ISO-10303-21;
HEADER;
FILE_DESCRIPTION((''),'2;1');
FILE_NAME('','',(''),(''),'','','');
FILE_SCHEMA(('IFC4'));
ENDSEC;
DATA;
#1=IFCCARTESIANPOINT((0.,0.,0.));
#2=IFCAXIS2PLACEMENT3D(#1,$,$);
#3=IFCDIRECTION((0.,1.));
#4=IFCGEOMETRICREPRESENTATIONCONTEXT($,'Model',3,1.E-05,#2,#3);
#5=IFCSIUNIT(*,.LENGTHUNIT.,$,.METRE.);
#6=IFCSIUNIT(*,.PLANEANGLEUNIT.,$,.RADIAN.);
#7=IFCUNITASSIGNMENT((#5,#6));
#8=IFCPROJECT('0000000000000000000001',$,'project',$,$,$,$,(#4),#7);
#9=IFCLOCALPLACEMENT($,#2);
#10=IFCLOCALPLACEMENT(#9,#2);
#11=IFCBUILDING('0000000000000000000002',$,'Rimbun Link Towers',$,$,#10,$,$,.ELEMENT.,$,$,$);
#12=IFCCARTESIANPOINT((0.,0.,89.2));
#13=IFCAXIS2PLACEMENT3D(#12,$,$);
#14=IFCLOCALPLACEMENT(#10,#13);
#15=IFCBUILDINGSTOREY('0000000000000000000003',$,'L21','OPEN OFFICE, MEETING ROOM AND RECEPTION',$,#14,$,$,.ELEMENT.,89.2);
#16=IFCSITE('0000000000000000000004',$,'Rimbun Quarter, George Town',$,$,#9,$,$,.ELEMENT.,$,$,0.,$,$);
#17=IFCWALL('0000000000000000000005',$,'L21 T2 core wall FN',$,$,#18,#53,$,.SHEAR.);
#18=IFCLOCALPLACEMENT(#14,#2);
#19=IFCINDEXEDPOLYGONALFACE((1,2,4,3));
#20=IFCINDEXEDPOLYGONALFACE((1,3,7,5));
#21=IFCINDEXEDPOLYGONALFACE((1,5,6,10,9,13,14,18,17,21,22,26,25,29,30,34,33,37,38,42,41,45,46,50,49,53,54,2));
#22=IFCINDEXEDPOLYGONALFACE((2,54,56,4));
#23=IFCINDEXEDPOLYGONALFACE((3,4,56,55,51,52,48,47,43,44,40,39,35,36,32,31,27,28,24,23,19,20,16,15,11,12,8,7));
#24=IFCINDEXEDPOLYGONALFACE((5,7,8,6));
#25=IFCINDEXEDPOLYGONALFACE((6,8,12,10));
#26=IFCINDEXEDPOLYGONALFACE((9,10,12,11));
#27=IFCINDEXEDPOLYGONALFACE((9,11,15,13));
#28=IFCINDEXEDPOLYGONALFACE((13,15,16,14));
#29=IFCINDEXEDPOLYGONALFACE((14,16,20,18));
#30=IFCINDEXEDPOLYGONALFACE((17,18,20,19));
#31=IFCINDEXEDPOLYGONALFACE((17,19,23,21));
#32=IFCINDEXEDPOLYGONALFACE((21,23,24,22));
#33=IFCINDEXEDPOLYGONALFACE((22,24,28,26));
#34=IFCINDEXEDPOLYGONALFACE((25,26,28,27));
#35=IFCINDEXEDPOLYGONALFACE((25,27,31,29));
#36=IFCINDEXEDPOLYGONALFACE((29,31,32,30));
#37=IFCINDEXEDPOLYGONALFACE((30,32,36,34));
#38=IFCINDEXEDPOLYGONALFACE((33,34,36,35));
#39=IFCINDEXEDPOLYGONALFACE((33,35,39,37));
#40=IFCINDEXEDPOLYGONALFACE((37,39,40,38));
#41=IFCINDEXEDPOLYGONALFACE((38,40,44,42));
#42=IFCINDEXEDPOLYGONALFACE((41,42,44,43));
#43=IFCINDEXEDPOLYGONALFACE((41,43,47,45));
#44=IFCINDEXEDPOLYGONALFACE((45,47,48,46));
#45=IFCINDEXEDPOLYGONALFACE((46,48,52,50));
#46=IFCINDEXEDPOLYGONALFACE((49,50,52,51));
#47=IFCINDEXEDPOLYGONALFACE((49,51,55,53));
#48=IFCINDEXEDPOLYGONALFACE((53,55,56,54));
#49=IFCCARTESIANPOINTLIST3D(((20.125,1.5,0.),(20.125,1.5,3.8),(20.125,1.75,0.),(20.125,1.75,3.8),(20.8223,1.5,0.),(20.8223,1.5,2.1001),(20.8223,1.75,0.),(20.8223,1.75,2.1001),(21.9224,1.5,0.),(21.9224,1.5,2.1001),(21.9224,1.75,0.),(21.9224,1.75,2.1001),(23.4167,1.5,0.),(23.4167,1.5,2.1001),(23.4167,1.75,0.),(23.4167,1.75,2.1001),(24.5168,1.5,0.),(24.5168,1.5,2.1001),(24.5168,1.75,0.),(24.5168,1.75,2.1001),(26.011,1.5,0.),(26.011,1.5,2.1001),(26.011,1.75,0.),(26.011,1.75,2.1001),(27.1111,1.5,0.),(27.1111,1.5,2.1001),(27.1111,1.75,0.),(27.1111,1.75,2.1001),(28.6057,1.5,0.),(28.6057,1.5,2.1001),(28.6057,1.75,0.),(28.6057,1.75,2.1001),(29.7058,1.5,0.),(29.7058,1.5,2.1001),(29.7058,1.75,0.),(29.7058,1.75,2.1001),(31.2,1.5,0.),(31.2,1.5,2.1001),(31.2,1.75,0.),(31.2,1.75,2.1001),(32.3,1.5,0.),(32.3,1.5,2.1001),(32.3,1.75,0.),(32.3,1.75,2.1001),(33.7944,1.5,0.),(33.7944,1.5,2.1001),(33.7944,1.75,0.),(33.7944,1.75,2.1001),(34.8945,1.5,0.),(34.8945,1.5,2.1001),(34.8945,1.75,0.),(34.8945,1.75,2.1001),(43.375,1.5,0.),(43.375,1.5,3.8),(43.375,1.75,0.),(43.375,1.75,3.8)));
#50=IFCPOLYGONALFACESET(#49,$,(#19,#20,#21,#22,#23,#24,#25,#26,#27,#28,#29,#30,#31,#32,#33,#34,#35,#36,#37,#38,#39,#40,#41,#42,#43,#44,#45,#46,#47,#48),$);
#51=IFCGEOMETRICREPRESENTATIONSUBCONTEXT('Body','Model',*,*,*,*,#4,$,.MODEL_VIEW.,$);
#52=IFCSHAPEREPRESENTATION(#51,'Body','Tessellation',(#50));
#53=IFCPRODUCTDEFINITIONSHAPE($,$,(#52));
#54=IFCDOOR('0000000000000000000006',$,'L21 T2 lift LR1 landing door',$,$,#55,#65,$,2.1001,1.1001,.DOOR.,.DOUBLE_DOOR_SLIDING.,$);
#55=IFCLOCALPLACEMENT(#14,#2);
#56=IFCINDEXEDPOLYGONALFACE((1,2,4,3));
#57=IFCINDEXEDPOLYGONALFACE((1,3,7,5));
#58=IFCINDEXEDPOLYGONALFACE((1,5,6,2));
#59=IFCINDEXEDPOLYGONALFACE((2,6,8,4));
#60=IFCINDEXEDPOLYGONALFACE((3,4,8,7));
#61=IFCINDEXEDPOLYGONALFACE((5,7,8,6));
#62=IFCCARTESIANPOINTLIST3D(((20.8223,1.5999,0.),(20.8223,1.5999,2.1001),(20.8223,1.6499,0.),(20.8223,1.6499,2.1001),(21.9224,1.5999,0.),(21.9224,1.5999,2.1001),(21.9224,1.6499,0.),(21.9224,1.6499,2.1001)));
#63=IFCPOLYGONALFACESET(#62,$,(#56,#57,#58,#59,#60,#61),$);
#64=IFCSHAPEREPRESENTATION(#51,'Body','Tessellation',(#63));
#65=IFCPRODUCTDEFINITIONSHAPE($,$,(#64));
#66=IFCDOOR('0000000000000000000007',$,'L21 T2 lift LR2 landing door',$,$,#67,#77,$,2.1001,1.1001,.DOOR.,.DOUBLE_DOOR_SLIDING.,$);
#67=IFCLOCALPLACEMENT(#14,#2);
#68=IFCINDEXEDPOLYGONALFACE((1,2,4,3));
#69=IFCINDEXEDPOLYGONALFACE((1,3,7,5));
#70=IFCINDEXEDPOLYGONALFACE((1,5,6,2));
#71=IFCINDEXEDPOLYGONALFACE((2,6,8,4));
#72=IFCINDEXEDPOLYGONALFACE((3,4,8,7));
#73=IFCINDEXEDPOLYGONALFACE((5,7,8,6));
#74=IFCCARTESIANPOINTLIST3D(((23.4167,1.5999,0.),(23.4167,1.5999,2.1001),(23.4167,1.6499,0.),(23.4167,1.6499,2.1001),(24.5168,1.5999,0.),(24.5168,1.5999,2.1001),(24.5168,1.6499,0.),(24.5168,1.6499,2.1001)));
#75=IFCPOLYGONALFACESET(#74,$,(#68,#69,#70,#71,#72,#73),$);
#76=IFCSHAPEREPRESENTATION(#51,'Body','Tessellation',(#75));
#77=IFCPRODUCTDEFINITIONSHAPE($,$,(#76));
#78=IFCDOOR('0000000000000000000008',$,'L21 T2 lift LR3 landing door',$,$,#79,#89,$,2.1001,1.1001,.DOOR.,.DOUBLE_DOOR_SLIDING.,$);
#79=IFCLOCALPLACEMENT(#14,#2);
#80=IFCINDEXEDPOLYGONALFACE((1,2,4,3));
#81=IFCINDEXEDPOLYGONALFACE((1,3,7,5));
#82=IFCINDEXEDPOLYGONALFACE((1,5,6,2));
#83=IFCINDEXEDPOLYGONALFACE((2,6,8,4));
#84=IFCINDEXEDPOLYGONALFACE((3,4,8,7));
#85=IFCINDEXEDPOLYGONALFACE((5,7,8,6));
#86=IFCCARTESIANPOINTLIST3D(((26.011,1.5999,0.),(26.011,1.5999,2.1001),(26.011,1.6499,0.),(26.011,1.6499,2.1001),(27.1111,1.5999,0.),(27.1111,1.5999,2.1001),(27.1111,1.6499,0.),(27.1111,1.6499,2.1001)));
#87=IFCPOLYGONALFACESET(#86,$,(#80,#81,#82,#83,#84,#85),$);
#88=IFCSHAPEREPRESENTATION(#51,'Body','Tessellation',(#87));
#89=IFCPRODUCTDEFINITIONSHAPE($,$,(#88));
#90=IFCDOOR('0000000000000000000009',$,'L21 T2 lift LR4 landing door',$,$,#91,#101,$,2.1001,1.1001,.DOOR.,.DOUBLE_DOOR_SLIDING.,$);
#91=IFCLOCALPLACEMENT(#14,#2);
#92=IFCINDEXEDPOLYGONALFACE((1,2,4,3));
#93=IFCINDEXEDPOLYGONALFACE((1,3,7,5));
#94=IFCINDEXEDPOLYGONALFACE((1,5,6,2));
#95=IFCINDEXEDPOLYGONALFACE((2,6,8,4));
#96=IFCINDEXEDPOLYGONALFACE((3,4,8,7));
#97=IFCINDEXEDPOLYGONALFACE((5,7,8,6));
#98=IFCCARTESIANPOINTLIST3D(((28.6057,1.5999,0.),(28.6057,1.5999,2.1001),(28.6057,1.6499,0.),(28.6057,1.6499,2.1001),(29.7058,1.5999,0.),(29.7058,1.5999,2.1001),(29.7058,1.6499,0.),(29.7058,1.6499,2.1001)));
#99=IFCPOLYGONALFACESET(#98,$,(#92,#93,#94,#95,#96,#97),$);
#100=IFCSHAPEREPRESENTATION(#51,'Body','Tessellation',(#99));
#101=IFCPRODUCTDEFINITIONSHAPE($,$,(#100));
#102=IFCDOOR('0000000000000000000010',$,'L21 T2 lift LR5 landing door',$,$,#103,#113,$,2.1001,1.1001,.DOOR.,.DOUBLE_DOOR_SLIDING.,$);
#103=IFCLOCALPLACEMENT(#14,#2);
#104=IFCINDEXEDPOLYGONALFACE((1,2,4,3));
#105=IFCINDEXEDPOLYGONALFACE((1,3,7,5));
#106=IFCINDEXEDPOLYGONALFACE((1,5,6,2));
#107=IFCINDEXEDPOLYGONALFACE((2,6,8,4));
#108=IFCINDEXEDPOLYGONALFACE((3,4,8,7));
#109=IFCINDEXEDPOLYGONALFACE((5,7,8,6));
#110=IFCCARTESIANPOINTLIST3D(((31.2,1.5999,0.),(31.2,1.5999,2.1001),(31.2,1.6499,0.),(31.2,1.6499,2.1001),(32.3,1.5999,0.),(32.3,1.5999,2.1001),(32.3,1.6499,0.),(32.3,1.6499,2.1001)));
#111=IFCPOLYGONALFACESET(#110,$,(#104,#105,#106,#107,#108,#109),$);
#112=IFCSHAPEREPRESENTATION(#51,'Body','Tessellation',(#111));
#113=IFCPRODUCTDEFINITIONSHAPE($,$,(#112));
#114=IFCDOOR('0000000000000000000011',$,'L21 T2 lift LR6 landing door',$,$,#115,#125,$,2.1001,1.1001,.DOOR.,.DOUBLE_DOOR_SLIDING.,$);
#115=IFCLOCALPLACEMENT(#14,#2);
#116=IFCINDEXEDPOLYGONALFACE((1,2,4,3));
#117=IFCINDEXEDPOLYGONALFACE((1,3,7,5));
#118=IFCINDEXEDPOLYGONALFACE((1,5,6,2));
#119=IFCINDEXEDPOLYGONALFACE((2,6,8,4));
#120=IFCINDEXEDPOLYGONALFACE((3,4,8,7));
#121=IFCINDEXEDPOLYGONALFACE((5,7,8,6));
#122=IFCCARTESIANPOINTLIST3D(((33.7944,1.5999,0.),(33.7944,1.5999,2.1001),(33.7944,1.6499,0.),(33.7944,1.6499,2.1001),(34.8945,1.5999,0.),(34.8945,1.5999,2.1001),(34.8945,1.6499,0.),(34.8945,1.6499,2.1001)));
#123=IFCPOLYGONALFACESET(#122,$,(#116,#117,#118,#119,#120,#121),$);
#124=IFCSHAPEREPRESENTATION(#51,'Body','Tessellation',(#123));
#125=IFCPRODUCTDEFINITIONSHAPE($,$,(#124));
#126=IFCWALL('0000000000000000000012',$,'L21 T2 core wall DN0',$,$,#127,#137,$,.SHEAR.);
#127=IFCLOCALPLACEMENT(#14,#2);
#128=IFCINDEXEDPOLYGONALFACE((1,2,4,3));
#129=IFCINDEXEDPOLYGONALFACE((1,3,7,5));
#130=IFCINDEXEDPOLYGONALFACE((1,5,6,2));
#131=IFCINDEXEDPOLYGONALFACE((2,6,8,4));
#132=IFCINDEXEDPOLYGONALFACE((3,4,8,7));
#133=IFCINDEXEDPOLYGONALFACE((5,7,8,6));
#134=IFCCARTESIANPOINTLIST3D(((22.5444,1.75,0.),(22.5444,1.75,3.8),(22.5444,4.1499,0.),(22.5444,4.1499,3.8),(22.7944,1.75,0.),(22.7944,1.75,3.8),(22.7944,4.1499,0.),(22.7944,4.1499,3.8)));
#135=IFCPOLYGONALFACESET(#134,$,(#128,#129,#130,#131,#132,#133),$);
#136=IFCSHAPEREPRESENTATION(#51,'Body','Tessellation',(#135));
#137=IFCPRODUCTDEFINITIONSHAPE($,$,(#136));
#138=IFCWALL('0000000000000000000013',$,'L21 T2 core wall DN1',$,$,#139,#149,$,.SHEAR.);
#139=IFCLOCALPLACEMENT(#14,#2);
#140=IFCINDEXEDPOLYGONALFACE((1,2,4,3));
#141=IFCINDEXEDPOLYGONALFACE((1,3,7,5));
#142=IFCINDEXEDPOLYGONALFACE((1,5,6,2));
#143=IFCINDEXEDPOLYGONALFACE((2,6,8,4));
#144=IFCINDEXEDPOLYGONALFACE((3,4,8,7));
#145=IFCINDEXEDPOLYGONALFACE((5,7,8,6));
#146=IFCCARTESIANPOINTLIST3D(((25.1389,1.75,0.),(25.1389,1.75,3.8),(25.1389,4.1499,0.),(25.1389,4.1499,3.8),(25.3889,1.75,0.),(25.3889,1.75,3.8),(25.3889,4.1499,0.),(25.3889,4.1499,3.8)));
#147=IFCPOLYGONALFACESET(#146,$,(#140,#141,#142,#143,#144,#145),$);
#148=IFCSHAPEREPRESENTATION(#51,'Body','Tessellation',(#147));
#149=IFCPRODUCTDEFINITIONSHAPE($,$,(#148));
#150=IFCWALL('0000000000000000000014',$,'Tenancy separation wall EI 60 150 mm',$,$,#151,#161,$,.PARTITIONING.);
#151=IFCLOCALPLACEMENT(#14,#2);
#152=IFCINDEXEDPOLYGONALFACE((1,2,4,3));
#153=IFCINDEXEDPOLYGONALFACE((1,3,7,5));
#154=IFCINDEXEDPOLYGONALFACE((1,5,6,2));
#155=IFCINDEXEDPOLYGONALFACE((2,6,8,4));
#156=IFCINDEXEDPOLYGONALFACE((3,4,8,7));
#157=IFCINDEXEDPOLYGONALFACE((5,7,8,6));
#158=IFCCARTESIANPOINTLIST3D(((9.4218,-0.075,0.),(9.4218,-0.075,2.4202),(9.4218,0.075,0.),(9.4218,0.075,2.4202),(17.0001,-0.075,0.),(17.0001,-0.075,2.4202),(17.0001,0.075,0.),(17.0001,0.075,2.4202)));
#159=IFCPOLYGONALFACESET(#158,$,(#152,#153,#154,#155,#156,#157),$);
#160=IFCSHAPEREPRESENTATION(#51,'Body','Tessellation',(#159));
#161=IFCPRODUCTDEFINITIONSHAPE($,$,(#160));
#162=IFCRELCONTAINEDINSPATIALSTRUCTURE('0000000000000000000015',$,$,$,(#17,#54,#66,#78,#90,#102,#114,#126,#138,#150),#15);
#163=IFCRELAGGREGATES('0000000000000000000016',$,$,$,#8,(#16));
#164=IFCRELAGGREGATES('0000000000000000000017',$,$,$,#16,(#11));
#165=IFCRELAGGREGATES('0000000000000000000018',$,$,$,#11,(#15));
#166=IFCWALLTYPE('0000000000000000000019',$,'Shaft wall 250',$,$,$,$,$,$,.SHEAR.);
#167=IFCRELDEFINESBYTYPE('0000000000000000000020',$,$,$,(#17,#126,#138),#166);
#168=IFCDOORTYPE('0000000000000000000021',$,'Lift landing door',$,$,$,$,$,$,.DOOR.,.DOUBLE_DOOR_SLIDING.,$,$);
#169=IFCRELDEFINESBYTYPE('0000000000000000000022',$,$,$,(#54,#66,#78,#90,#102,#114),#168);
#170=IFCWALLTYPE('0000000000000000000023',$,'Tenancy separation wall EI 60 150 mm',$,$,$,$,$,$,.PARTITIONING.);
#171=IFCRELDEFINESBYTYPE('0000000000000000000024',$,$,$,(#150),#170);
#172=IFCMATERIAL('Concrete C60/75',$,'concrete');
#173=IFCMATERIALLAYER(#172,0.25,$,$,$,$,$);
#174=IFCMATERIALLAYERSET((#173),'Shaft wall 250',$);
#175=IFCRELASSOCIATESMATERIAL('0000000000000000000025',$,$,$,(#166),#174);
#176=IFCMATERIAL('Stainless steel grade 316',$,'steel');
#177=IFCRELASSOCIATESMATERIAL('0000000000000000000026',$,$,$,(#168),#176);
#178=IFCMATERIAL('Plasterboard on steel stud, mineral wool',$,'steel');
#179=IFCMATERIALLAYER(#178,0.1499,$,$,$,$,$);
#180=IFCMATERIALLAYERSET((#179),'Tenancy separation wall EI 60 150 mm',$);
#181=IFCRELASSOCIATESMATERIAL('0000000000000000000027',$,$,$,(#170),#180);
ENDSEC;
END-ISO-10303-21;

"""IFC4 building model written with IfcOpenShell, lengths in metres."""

from ifc_helpers import new_model, si_unit, direction, frame, frame_2d, origin, place, context, subcontext, project, spatial, rectangle, extrude, material, layer, layer_set, type_object, element, fill, save


model = new_model("IFC4")

# Units and contexts
model_context = context("Model", 3, precision=1e-05, world=origin(), true_north=direction((0.0, 1.0)))
body_context = subcontext(model_context, "Body", "Model", "MODEL_VIEW")
ifc_project = project(units=[si_unit("LENGTHUNIT", "METRE"), si_unit("PLANEANGLEUNIT", "RADIAN")], contexts=[model_context])

# Site, building, storey
site_placement = place(None, origin())
site = spatial("IfcSite", under=ifc_project, at=site_placement, Name="Rimbun Quarter, George Town", CompositionType="ELEMENT", RefElevation=0.0)
building_placement = place(site_placement, origin())
building = spatial("IfcBuilding", under=site, at=building_placement, Name="Rimbun Link Towers", CompositionType="ELEMENT")
storey_placement = place(building_placement, frame((0.0, 0.0, 89.2)))
storey = spatial("IfcBuildingStorey", under=building, at=storey_placement, Name="L21", Description="OPEN OFFICE, MEETING ROOM AND RECEPTION", CompositionType="ELEMENT", Elevation=89.2)

# Shared definitions
ifc_material_1 = material(Name="Concrete C60/75", Category="concrete")
ifc_layer_1 = layer(ifc_material_1, 0.25)
ifc_layer_set_1 = layer_set([ifc_layer_1], Name="Shaft wall 250")
wall_type_1 = type_object("IfcWallType", Name="Shaft wall 250", PredefinedType="SHEAR", material=ifc_layer_set_1)

# Wall, openings, doors
wall_1_placement = place(storey_placement, frame((20.125, 1.625, 0.0), z_axis=(0.0, 0.0, 1.0), x_axis=(1.0, 0.0, 0.0)))
wall_1 = element("IfcWall", 1, at=wall_1_placement, inside=storey, type_object=wall_type_1, Name="L21 T2 core wall FN", PredefinedType="SHEAR", context=body_context, shape_type="SweptSolid", body=[
    extrude(rectangle(XDim=23.25, YDim=0.25, at=frame_2d((11.625, 0.0))), origin(), (0.0, 0.0, 1.0), 3.8),
])
opening_1_placement = place(wall_1_placement, frame((0.6973, 0.0, 0.0)))
opening_1 = element("IfcOpeningElement", 2, at=opening_1_placement, cuts=wall_1, PredefinedType="OPENING", context=body_context, shape_type="SweptSolid", body=[
    extrude(rectangle(XDim=1.1001, YDim=2.1001, at=frame_2d((0.55, 1.05))), frame((0.0, 0.135, 0.0), z_axis=(0.0, -1.0, 0.0), x_axis=(1.0, 0.0, 0.0)), (0.0, 0.0, 1.0), 0.27),
])
opening_2_placement = place(wall_1_placement, frame((3.2917, 0.0, 0.0)))
opening_2 = element("IfcOpeningElement", 3, at=opening_2_placement, cuts=wall_1, PredefinedType="OPENING", context=body_context, shape_type="SweptSolid", body=[
    extrude(rectangle(XDim=1.1001, YDim=2.1001, at=frame_2d((0.55, 1.05))), frame((0.0, 0.135, 0.0), z_axis=(0.0, -1.0, 0.0), x_axis=(1.0, 0.0, 0.0)), (0.0, 0.0, 1.0), 0.27),
])
opening_3_placement = place(wall_1_placement, frame((5.886, 0.0, 0.0)))
opening_3 = element("IfcOpeningElement", 4, at=opening_3_placement, cuts=wall_1, PredefinedType="OPENING", context=body_context, shape_type="SweptSolid", body=[
    extrude(rectangle(XDim=1.1001, YDim=2.1001, at=frame_2d((0.55, 1.05))), frame((0.0, 0.135, 0.0), z_axis=(0.0, -1.0, 0.0), x_axis=(1.0, 0.0, 0.0)), (0.0, 0.0, 1.0), 0.27),
])
opening_4_placement = place(wall_1_placement, frame((8.4807, 0.0, 0.0)))
opening_4 = element("IfcOpeningElement", 5, at=opening_4_placement, cuts=wall_1, PredefinedType="OPENING", context=body_context, shape_type="SweptSolid", body=[
    extrude(rectangle(XDim=1.1001, YDim=2.1001, at=frame_2d((0.55, 1.05))), frame((0.0, 0.135, 0.0), z_axis=(0.0, -1.0, 0.0), x_axis=(1.0, 0.0, 0.0)), (0.0, 0.0, 1.0), 0.27),
])
opening_5_placement = place(wall_1_placement, frame((11.075, 0.0, 0.0)))
opening_5 = element("IfcOpeningElement", 6, at=opening_5_placement, cuts=wall_1, PredefinedType="OPENING", context=body_context, shape_type="SweptSolid", body=[
    extrude(rectangle(XDim=1.1001, YDim=2.1001, at=frame_2d((0.55, 1.05))), frame((0.0, 0.135, 0.0), z_axis=(0.0, -1.0, 0.0), x_axis=(1.0, 0.0, 0.0)), (0.0, 0.0, 1.0), 0.27),
])
opening_6_placement = place(wall_1_placement, frame((13.6694, 0.0, 0.0)))
opening_6 = element("IfcOpeningElement", 7, at=opening_6_placement, cuts=wall_1, PredefinedType="OPENING", context=body_context, shape_type="SweptSolid", body=[
    extrude(rectangle(XDim=1.1001, YDim=2.1001, at=frame_2d((0.55, 1.05))), frame((0.0, 0.135, 0.0), z_axis=(0.0, -1.0, 0.0), x_axis=(1.0, 0.0, 0.0)), (0.0, 0.0, 1.0), 0.27),
])
ifc_material_2 = material(Name="Stainless steel grade 316", Category="steel")
door_type = type_object("IfcDoorType", Name="Lift landing door", OperationType="DOUBLE_DOOR_SLIDING", PredefinedType="DOOR", material=ifc_material_2)
door_1_placement = place(opening_1_placement, origin())
door_1 = element("IfcDoor", 8, at=door_1_placement, inside=storey, type_object=door_type, Name="L21 T2 lift LR1 landing door", OperationType="DOUBLE_DOOR_SLIDING", OverallHeight=2.1001, OverallWidth=1.1001, PredefinedType="DOOR", context=body_context, shape_type="SweptSolid", body=[
    extrude(rectangle(XDim=1.1001, YDim=2.1001, at=frame_2d((0.55, 1.05))), frame((0.0, 0.0249, 0.0), z_axis=(0.0, -1.0, 0.0), x_axis=(1.0, 0.0, 0.0)), (0.0, 0.0, 1.0), 0.05),
])
fill(opening_1, door_1)
door_2_placement = place(opening_2_placement, origin())
door_2 = element("IfcDoor", 9, at=door_2_placement, inside=storey, type_object=door_type, Name="L21 T2 lift LR2 landing door", OperationType="DOUBLE_DOOR_SLIDING", OverallHeight=2.1001, OverallWidth=1.1001, PredefinedType="DOOR", context=body_context, shape_type="SweptSolid", body=[
    extrude(rectangle(XDim=1.1001, YDim=2.1001, at=frame_2d((0.55, 1.05))), frame((0.0, 0.0249, 0.0), z_axis=(0.0, -1.0, 0.0), x_axis=(1.0, 0.0, 0.0)), (0.0, 0.0, 1.0), 0.05),
])
fill(opening_2, door_2)
door_3_placement = place(opening_3_placement, origin())
door_3 = element("IfcDoor", 10, at=door_3_placement, inside=storey, type_object=door_type, Name="L21 T2 lift LR3 landing door", OperationType="DOUBLE_DOOR_SLIDING", OverallHeight=2.1001, OverallWidth=1.1001, PredefinedType="DOOR", context=body_context, shape_type="SweptSolid", body=[
    extrude(rectangle(XDim=1.1001, YDim=2.1001, at=frame_2d((0.55, 1.05))), frame((0.0, 0.0249, 0.0), z_axis=(0.0, -1.0, 0.0), x_axis=(1.0, 0.0, 0.0)), (0.0, 0.0, 1.0), 0.05),
])
fill(opening_3, door_3)
door_4_placement = place(opening_4_placement, origin())
door_4 = element("IfcDoor", 11, at=door_4_placement, inside=storey, type_object=door_type, Name="L21 T2 lift LR4 landing door", OperationType="DOUBLE_DOOR_SLIDING", OverallHeight=2.1001, OverallWidth=1.1001, PredefinedType="DOOR", context=body_context, shape_type="SweptSolid", body=[
    extrude(rectangle(XDim=1.1001, YDim=2.1001, at=frame_2d((0.55, 1.05))), frame((0.0, 0.0249, 0.0), z_axis=(0.0, -1.0, 0.0), x_axis=(1.0, 0.0, 0.0)), (0.0, 0.0, 1.0), 0.05),
])
fill(opening_4, door_4)
door_5_placement = place(opening_5_placement, origin())
door_5 = element("IfcDoor", 12, at=door_5_placement, inside=storey, type_object=door_type, Name="L21 T2 lift LR5 landing door", OperationType="DOUBLE_DOOR_SLIDING", OverallHeight=2.1001, OverallWidth=1.1001, PredefinedType="DOOR", context=body_context, shape_type="SweptSolid", body=[
    extrude(rectangle(XDim=1.1001, YDim=2.1001, at=frame_2d((0.55, 1.05))), frame((0.0, 0.0249, 0.0), z_axis=(0.0, -1.0, 0.0), x_axis=(1.0, 0.0, 0.0)), (0.0, 0.0, 1.0), 0.05),
])
fill(opening_5, door_5)
door_6_placement = place(opening_6_placement, origin())
door_6 = element("IfcDoor", 13, at=door_6_placement, inside=storey, type_object=door_type, Name="L21 T2 lift LR6 landing door", OperationType="DOUBLE_DOOR_SLIDING", OverallHeight=2.1001, OverallWidth=1.1001, PredefinedType="DOOR", context=body_context, shape_type="SweptSolid", body=[
    extrude(rectangle(XDim=1.1001, YDim=2.1001, at=frame_2d((0.55, 1.05))), frame((0.0, 0.0249, 0.0), z_axis=(0.0, -1.0, 0.0), x_axis=(1.0, 0.0, 0.0)), (0.0, 0.0, 1.0), 0.05),
])
fill(opening_6, door_6)

# Walls
for number, where, z_axis, x_axis, name in (
    (14, (22.6694, 1.75, 0.0), (0.0, 0.0, 1.0), (0.0, 1.0, 0.0), "L21 T2 core wall DN0"),
    (15, (25.2639, 1.75, 0.0), (0.0, 0.0, 1.0), (0.0, 1.0, 0.0), "L21 T2 core wall DN1"),
):
    element("IfcWall", number, at=place(storey_placement, frame(where, z_axis=z_axis, x_axis=x_axis)), inside=storey, type_object=wall_type_1, Name=name, PredefinedType="SHEAR", context=body_context, shape_type="SweptSolid", body=[
        extrude(rectangle(XDim=2.3999, YDim=0.25, at=frame_2d((1.2, 0.0))), origin(), (0.0, 0.0, 1.0), 3.8),
    ])
ifc_material_3 = material(Name="Plasterboard on steel stud, mineral wool", Category="steel")
ifc_layer_2 = layer(ifc_material_3, 0.1499)
ifc_layer_set_2 = layer_set([ifc_layer_2], Name="Tenancy separation wall EI 60 150 mm")
wall_type_2 = type_object("IfcWallType", Name="Tenancy separation wall EI 60 150 mm", PredefinedType="PARTITIONING", material=ifc_layer_set_2)
wall_2_placement = place(storey_placement, frame((17.0, 0.0, 0.0), z_axis=(0.0, 0.0, 1.0), x_axis=(-1.0, 0.0, 0.0)))
element("IfcWall", 16, at=wall_2_placement, inside=storey, type_object=wall_type_2, Name="Tenancy separation wall EI 60 150 mm", PredefinedType="PARTITIONING", context=body_context, shape_type="SweptSolid", body=[
    extrude(rectangle(XDim=7.5784, YDim=0.1499, at=frame_2d((3.7891, 0.0))), origin(), (0.0, 0.0, 1.0), 2.4202),
])

save(model, "model.ifc")
